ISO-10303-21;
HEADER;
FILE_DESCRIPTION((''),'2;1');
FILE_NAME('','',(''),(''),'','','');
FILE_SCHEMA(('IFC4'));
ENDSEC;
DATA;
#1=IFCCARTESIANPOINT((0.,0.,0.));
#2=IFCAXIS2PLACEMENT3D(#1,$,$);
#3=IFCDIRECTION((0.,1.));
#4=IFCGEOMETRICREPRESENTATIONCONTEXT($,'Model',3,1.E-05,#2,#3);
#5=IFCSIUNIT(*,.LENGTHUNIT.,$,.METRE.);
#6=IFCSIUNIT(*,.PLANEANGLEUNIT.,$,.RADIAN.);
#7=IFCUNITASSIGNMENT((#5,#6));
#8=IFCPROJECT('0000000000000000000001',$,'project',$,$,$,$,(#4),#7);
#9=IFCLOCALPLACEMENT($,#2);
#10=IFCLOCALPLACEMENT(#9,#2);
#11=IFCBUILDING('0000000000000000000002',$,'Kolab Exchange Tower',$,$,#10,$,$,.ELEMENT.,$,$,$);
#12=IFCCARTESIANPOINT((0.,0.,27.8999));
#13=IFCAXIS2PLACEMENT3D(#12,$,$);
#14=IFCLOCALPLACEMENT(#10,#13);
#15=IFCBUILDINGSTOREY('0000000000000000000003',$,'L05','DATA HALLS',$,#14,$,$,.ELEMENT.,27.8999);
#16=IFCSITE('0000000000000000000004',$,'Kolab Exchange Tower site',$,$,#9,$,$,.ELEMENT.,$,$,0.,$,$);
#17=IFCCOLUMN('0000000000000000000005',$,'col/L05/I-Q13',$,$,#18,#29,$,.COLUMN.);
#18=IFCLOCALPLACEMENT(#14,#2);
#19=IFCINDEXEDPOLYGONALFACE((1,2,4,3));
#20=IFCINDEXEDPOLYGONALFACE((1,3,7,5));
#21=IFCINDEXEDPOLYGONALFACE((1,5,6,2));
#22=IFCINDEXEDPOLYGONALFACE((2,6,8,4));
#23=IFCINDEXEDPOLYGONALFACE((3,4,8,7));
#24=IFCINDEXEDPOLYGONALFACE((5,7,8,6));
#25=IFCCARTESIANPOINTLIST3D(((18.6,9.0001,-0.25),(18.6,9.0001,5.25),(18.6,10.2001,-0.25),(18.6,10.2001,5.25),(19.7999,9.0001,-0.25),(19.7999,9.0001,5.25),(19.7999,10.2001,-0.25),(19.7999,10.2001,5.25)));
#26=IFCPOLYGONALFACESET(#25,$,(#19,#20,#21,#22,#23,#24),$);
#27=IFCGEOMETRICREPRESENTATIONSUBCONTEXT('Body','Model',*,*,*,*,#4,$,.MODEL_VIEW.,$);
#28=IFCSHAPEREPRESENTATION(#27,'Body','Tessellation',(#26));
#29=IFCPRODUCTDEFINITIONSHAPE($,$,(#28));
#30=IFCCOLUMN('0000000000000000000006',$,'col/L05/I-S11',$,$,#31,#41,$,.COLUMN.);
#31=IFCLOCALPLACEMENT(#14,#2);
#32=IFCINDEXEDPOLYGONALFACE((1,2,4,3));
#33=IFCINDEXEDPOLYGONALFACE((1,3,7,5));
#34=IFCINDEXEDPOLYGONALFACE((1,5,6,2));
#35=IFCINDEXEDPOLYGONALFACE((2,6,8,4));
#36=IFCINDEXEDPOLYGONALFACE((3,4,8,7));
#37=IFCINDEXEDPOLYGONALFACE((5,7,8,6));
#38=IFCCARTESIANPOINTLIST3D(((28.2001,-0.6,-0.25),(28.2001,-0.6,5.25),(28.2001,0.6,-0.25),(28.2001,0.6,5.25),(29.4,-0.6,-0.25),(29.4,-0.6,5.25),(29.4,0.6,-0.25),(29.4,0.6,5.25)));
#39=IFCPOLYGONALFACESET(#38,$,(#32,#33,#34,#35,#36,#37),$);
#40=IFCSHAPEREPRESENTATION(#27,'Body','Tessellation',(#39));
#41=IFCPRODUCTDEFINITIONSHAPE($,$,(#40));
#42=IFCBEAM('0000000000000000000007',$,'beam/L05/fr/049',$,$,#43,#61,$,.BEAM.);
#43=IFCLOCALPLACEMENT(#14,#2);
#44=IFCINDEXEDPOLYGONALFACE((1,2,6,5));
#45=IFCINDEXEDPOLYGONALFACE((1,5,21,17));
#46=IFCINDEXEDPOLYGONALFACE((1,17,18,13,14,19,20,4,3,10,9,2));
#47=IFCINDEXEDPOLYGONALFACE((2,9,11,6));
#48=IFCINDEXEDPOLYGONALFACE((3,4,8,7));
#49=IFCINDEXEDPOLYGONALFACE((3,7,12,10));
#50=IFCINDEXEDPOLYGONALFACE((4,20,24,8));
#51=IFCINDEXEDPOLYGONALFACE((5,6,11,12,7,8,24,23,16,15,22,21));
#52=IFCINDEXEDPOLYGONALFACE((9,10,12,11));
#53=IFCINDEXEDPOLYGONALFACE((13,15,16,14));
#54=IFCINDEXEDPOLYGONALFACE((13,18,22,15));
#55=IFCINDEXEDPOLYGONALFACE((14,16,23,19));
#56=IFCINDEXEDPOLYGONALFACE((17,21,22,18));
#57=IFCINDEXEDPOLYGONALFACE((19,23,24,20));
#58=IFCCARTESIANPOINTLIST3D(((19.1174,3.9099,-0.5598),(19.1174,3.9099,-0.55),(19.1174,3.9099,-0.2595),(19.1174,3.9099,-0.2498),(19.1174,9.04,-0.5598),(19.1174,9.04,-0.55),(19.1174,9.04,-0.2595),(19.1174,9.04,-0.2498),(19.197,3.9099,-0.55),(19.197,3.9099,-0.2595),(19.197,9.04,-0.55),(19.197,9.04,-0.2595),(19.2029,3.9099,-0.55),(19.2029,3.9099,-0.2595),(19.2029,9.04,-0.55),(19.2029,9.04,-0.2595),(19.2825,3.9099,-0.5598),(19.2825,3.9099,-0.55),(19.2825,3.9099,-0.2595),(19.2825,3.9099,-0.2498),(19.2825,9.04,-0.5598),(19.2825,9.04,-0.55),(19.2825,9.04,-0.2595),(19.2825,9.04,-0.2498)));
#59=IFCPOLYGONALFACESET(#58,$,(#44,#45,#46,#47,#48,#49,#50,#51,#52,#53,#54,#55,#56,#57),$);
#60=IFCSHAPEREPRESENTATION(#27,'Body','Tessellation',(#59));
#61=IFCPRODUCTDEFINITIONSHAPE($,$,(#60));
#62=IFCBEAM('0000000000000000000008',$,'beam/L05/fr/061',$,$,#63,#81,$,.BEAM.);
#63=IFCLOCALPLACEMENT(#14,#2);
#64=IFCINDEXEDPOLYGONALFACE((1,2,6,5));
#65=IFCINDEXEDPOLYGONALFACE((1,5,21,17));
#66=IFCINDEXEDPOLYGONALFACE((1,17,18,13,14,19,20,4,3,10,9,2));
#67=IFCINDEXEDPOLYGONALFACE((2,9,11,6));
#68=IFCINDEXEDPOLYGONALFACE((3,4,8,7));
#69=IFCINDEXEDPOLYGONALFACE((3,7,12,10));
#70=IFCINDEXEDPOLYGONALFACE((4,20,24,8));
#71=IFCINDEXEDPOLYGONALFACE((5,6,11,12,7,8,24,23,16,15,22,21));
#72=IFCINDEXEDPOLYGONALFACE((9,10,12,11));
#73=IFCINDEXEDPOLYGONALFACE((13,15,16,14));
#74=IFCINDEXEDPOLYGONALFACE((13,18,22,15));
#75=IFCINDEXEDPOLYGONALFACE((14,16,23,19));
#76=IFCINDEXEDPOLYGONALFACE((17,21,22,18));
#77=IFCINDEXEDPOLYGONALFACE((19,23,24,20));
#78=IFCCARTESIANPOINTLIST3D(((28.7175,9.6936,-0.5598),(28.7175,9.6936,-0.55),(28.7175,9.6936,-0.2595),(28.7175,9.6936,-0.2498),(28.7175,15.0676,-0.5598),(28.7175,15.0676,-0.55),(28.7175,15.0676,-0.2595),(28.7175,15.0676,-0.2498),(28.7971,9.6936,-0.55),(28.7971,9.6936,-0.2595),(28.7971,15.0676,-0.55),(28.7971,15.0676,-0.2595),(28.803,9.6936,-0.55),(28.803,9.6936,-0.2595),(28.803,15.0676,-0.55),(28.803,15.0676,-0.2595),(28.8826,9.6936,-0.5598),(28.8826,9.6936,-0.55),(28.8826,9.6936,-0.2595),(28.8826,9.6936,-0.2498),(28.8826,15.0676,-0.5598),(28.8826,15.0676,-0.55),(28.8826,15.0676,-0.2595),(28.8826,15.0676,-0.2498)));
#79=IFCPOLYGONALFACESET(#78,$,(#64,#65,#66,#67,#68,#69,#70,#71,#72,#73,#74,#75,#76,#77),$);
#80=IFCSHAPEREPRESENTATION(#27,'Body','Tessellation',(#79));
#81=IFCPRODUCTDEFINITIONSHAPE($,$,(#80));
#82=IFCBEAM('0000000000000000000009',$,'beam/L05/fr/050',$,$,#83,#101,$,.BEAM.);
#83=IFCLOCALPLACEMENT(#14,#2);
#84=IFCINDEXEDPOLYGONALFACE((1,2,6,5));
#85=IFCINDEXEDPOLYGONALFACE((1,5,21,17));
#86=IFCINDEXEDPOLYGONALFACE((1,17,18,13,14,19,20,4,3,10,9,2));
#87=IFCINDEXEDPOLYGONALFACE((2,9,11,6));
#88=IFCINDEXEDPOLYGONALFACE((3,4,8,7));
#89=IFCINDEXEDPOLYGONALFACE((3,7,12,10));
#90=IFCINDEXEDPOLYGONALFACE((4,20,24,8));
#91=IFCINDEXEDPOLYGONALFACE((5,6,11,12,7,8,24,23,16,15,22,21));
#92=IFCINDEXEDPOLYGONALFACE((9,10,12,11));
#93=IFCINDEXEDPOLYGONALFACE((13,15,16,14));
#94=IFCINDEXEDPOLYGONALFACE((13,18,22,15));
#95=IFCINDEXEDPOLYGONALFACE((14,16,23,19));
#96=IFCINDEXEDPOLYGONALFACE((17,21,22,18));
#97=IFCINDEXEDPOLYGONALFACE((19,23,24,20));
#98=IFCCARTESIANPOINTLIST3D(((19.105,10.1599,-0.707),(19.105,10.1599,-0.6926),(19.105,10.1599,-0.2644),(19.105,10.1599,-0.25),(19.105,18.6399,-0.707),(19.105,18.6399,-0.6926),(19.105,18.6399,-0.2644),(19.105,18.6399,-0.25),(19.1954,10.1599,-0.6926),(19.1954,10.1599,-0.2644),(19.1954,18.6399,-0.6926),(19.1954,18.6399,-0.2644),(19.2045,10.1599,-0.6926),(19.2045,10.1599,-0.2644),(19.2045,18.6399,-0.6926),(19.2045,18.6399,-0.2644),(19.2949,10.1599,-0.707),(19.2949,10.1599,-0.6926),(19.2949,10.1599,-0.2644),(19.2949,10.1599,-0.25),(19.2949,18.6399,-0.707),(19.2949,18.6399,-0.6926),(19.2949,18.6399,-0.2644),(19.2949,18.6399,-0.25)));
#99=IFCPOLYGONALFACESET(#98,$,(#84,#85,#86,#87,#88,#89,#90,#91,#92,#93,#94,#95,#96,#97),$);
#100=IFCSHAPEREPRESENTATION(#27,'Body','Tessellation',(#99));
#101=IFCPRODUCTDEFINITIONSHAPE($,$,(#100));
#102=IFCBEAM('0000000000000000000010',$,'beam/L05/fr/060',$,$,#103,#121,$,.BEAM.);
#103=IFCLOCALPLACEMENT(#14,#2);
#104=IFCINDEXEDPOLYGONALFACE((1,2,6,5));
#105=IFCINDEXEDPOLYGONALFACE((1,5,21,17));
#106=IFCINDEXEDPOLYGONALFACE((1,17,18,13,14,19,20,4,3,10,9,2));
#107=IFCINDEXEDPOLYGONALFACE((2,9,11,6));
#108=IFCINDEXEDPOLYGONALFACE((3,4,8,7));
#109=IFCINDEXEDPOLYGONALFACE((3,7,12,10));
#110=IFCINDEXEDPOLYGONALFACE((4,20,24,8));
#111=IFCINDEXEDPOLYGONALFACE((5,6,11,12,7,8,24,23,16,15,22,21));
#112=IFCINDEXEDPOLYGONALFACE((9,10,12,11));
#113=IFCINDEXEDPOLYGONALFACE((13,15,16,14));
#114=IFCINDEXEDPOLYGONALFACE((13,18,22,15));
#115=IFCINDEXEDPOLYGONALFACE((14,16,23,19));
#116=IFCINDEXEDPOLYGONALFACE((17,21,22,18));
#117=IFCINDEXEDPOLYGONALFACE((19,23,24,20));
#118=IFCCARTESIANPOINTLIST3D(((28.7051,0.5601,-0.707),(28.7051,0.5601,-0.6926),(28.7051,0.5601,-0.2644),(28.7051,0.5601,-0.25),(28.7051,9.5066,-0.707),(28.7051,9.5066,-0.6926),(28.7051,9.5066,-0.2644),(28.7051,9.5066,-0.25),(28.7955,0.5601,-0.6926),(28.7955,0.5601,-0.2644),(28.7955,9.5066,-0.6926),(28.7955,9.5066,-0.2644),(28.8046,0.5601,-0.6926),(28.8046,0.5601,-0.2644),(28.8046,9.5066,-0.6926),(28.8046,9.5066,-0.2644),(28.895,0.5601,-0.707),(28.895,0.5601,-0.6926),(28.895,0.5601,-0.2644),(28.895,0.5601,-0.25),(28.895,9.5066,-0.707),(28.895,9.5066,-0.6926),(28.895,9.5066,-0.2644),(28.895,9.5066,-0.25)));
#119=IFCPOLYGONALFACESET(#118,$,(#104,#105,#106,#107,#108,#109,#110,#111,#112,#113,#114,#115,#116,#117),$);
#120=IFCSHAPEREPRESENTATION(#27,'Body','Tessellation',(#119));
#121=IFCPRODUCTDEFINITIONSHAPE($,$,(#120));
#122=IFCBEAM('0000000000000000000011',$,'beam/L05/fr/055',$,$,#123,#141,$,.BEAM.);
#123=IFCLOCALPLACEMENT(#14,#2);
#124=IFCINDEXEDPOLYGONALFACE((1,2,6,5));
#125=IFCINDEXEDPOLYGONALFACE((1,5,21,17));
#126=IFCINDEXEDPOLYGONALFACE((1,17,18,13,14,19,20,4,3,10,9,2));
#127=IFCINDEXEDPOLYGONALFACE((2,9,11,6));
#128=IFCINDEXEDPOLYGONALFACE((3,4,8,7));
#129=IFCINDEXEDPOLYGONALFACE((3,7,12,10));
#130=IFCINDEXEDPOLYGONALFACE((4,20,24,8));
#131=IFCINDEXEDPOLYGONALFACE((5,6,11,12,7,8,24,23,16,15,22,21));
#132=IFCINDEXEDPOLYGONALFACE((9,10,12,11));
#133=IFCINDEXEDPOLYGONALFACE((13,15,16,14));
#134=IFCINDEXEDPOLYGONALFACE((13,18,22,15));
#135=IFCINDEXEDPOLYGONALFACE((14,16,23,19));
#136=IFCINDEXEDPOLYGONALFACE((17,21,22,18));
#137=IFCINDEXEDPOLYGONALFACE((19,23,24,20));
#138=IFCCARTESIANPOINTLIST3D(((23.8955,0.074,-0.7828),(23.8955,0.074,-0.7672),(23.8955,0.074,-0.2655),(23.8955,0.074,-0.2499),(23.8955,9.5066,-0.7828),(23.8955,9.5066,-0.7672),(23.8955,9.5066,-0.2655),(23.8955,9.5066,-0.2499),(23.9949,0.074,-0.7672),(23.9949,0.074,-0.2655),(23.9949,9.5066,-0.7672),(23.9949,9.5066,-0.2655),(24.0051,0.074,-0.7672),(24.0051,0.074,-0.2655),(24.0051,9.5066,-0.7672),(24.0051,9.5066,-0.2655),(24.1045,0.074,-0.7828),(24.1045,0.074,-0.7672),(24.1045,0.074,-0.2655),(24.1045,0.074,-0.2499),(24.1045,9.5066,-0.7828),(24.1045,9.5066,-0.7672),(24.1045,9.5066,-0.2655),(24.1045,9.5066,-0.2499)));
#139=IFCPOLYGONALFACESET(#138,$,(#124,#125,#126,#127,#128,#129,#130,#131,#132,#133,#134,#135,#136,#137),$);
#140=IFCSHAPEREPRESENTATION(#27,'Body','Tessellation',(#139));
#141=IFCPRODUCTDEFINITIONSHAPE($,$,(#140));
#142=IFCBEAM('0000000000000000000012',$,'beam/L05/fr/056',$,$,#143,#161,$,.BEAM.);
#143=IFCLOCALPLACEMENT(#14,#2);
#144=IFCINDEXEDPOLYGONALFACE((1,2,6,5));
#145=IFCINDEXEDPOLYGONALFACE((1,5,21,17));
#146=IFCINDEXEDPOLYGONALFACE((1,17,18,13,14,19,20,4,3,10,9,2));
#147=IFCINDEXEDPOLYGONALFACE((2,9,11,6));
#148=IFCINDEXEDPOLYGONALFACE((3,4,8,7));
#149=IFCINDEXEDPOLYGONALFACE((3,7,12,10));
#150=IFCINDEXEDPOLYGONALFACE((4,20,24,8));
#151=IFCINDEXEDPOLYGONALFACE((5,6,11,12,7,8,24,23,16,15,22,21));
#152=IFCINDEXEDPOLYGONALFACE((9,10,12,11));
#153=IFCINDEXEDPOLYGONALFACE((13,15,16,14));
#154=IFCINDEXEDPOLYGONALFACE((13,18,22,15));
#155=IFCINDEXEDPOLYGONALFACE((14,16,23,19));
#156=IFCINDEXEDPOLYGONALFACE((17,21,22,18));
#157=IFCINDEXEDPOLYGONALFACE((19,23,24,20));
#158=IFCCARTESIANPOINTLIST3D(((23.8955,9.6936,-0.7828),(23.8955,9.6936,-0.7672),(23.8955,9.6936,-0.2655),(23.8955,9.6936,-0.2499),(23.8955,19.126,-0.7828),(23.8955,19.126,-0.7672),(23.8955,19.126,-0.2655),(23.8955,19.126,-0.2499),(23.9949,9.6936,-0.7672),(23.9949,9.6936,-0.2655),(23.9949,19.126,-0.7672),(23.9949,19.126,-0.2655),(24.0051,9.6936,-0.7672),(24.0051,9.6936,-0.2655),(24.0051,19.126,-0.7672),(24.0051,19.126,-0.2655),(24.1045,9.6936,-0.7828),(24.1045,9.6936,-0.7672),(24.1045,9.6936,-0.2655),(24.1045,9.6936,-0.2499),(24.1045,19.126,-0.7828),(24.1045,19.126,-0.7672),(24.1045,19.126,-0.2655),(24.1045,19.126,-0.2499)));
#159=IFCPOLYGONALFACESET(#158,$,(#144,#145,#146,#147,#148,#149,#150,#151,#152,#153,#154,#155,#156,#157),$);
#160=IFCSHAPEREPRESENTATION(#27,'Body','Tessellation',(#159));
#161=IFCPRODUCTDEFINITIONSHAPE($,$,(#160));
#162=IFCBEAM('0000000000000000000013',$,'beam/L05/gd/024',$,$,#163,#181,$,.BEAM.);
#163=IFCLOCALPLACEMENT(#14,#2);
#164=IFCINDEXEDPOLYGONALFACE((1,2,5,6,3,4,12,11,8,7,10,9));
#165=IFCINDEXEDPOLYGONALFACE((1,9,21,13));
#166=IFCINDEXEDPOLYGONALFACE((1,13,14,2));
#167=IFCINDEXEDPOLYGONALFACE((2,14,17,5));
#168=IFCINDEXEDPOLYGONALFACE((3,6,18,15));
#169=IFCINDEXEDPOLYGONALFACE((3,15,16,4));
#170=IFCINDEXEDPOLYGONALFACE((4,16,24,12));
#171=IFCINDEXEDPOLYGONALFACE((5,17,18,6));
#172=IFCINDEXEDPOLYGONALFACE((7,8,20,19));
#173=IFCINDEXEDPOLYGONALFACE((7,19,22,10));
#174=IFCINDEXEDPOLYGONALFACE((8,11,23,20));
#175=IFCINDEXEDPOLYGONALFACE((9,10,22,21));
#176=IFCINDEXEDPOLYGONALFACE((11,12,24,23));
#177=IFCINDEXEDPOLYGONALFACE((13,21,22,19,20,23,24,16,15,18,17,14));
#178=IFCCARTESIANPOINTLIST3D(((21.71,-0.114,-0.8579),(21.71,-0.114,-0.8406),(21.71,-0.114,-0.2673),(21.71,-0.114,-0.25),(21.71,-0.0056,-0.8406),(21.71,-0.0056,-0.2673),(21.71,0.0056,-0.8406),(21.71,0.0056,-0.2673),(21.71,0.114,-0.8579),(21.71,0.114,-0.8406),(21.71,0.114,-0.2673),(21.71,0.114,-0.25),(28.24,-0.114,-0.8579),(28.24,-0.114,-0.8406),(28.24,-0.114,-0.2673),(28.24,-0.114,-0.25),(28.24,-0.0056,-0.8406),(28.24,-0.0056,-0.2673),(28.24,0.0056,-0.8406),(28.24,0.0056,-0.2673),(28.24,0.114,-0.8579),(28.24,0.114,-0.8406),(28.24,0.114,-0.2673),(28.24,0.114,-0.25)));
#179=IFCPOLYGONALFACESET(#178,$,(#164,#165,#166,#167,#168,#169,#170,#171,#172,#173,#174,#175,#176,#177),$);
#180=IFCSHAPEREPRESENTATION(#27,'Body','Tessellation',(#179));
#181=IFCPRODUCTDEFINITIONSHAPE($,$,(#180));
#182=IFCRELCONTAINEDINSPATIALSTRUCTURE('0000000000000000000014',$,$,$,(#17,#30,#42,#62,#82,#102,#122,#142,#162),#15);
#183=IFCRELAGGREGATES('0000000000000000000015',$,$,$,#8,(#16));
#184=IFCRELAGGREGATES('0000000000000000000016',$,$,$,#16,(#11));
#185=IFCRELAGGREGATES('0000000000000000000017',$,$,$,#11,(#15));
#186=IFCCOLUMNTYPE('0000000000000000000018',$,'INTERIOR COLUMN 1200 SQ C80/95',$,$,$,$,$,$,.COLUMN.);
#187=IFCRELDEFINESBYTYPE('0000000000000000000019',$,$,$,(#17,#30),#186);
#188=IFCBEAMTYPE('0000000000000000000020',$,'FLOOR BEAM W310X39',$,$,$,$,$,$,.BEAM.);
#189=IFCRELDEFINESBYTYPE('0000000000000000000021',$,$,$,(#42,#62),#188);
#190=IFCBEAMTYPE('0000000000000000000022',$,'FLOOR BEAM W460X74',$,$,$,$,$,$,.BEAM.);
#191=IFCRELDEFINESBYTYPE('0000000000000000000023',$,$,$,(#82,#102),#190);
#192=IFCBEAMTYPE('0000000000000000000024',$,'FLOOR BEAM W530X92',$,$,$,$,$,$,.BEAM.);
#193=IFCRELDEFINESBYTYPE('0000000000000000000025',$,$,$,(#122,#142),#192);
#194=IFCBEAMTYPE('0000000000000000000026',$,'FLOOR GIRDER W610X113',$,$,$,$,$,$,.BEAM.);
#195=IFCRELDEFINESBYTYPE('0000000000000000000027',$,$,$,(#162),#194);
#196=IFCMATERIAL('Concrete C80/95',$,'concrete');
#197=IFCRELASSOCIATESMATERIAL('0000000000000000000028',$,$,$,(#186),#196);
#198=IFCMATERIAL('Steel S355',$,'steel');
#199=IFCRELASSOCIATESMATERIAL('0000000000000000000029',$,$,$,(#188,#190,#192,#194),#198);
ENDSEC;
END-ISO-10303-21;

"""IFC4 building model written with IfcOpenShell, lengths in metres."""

from ifc_helpers import new_model, si_unit, direction, frame, origin, origin_2d, place, context, subcontext, project, spatial, rectangle, i_section, extrude, material, material_profile, profile_set, type_object, element, save


model = new_model("IFC4")

# Units and contexts
model_context = context("Model", 3, precision=1e-05, world=origin(), true_north=direction((0.0, 1.0)))
body_context = subcontext(model_context, "Body", "Model", "MODEL_VIEW")
ifc_project = project(units=[si_unit("LENGTHUNIT", "METRE"), si_unit("PLANEANGLEUNIT", "RADIAN")], contexts=[model_context])

# Site, building, storey
site_placement = place(None, origin())
site = spatial("IfcSite", under=ifc_project, at=site_placement, Name="Kolab Exchange Tower site", CompositionType="ELEMENT", RefElevation=0.0)
building_placement = place(site_placement, origin())
building = spatial("IfcBuilding", under=site, at=building_placement, Name="Kolab Exchange Tower", CompositionType="ELEMENT")
storey_placement = place(building_placement, frame((0.0, 0.0, 27.8999)))
storey = spatial("IfcBuildingStorey", under=building, at=storey_placement, Name="L05", Description="DATA HALLS", CompositionType="ELEMENT", Elevation=27.8999)

# Columns
ifc_material_1 = material(Name="Concrete C80/95", Category="concrete")
ifc_material_profile_1 = material_profile(ifc_material_1, rectangle(XDim=1.2, YDim=1.2, at=origin_2d()), Name="RC1200")
ifc_profile_set_1 = profile_set([ifc_material_profile_1], Name="Concrete C80/95")
column_type = type_object("IfcColumnType", Name="INTERIOR COLUMN 1200 SQ C80/95", PredefinedType="COLUMN", material=ifc_profile_set_1)
for number, where, z_axis, x_axis, name in (
    (1, (19.2, 9.6001, -0.25), (0.0, 0.0, 1.0), (1.0, 0.0, 0.0), "col/L05/I-Q13"),
    (2, (28.8, 0.0, -0.25), (0.0, 0.0, 1.0), (1.0, 0.0, 0.0), "col/L05/I-S11"),
):
    element("IfcColumn", number, at=place(storey_placement, frame(where, z_axis=z_axis, x_axis=x_axis)), inside=storey, type_object=column_type, Name=name, PredefinedType="COLUMN", context=body_context, shape_type="SweptSolid", body=[
        extrude(rectangle(XDim=1.2, YDim=1.2, at=origin_2d()), origin(), (0.0, 0.0, 1.0), 5.5),
    ])

# Beams
ifc_material_2 = material(Name="Steel S355", Category="steel")
ifc_material_profile_2 = material_profile(ifc_material_2, i_section(OverallWidth=0.165, OverallDepth=0.3101, WebThickness=0.0059, FlangeThickness=0.0098, at=origin_2d()), Name="W310X39")
ifc_profile_set_2 = profile_set([ifc_material_profile_2], Name="Steel S355")
beam_type_1 = type_object("IfcBeamType", Name="FLOOR BEAM W310X39", PredefinedType="BEAM", material=ifc_profile_set_2)
beam_1_placement = place(storey_placement, frame((19.2, 3.9099, -0.4048), z_axis=(0.0, 1.0, 0.0), x_axis=(-1.0, 0.0, 0.0)))
element("IfcBeam", 3, at=beam_1_placement, inside=storey, type_object=beam_type_1, Name="beam/L05/fr/049", PredefinedType="BEAM", context=body_context, shape_type="SweptSolid", body=[
    extrude(i_section(OverallWidth=0.165, OverallDepth=0.3101, WebThickness=0.0059, FlangeThickness=0.0098, at=origin_2d()), origin(), (0.0, 0.0, 1.0), 5.1301),
])
beam_2_placement = place(storey_placement, frame((28.8, 9.6936, -0.4048), z_axis=(0.0, 1.0, 0.0), x_axis=(-1.0, 0.0, 0.0)))
element("IfcBeam", 4, at=beam_2_placement, inside=storey, type_object=beam_type_1, Name="beam/L05/fr/061", PredefinedType="BEAM", context=body_context, shape_type="SweptSolid", body=[
    extrude(i_section(OverallWidth=0.165, OverallDepth=0.3101, WebThickness=0.0059, FlangeThickness=0.0098, at=origin_2d()), origin(), (0.0, 0.0, 1.0), 5.374),
])
ifc_material_profile_3 = material_profile(ifc_material_2, i_section(OverallWidth=0.1899, OverallDepth=0.457, WebThickness=0.009, FlangeThickness=0.0144, at=origin_2d()), Name="W460X74")
ifc_profile_set_3 = profile_set([ifc_material_profile_3], Name="Steel S355")
beam_type_2 = type_object("IfcBeamType", Name="FLOOR BEAM W460X74", PredefinedType="BEAM", material=ifc_profile_set_3)
beam_3_placement = place(storey_placement, frame((19.2, 10.1599, -0.4785), z_axis=(0.0, 1.0, 0.0), x_axis=(-1.0, 0.0, 0.0)))
element("IfcBeam", 5, at=beam_3_placement, inside=storey, type_object=beam_type_2, Name="beam/L05/fr/050", PredefinedType="BEAM", context=body_context, shape_type="SweptSolid", body=[
    extrude(i_section(OverallWidth=0.1899, OverallDepth=0.457, WebThickness=0.009, FlangeThickness=0.0144, at=origin_2d()), origin(), (0.0, 0.0, 1.0), 8.48),
])
beam_4_placement = place(storey_placement, frame((28.8, 0.5601, -0.4785), z_axis=(0.0, 1.0, 0.0), x_axis=(-1.0, 0.0, 0.0)))
element("IfcBeam", 6, at=beam_4_placement, inside=storey, type_object=beam_type_2, Name="beam/L05/fr/060", PredefinedType="BEAM", context=body_context, shape_type="SweptSolid", body=[
    extrude(i_section(OverallWidth=0.1899, OverallDepth=0.457, WebThickness=0.009, FlangeThickness=0.0144, at=origin_2d()), origin(), (0.0, 0.0, 1.0), 8.9465),
])
ifc_material_profile_4 = material_profile(ifc_material_2, i_section(OverallWidth=0.209, OverallDepth=0.533, WebThickness=0.0103, FlangeThickness=0.0156, at=origin_2d()), Name="W530X92")
ifc_profile_set_4 = profile_set([ifc_material_profile_4], Name="Steel S355")
beam_type_3 = type_object("IfcBeamType", Name="FLOOR BEAM W530X92", PredefinedType="BEAM", material=ifc_profile_set_4)
beam_5_placement = place(storey_placement, frame((24.0, 0.074, -0.5164), z_axis=(0.0, 1.0, 0.0), x_axis=(-1.0, 0.0, 0.0)))
element("IfcBeam", 7, at=beam_5_placement, inside=storey, type_object=beam_type_3, Name="beam/L05/fr/055", PredefinedType="BEAM", context=body_context, shape_type="SweptSolid", body=[
    extrude(i_section(OverallWidth=0.209, OverallDepth=0.533, WebThickness=0.0103, FlangeThickness=0.0156, at=origin_2d()), origin(), (0.0, 0.0, 1.0), 9.4326),
])
beam_6_placement = place(storey_placement, frame((24.0, 9.6936, -0.5164), z_axis=(0.0, 1.0, 0.0), x_axis=(-1.0, 0.0, 0.0)))
element("IfcBeam", 8, at=beam_6_placement, inside=storey, type_object=beam_type_3, Name="beam/L05/fr/056", PredefinedType="BEAM", context=body_context, shape_type="SweptSolid", body=[
    extrude(i_section(OverallWidth=0.209, OverallDepth=0.533, WebThickness=0.0103, FlangeThickness=0.0156, at=origin_2d()), origin(), (0.0, 0.0, 1.0), 9.4324),
])
ifc_material_profile_5 = material_profile(ifc_material_2, i_section(OverallWidth=0.228, OverallDepth=0.6079, WebThickness=0.0112, FlangeThickness=0.0173, at=origin_2d()), Name="W610X113")
ifc_profile_set_5 = profile_set([ifc_material_profile_5], Name="Steel S355")
beam_type_4 = type_object("IfcBeamType", Name="FLOOR GIRDER W610X113", PredefinedType="BEAM", material=ifc_profile_set_5)
beam_7_placement = place(storey_placement, frame((21.71, 0.0, -0.554), z_axis=(1.0, 0.0, 0.0), x_axis=(0.0, 1.0, 0.0)))
element("IfcBeam", 9, at=beam_7_placement, inside=storey, type_object=beam_type_4, Name="beam/L05/gd/024", PredefinedType="BEAM", context=body_context, shape_type="SweptSolid", body=[
    extrude(i_section(OverallWidth=0.228, OverallDepth=0.6079, WebThickness=0.0112, FlangeThickness=0.0173, at=origin_2d()), origin(), (0.0, 0.0, 1.0), 6.53),
])

save(model, "model.ifc")
